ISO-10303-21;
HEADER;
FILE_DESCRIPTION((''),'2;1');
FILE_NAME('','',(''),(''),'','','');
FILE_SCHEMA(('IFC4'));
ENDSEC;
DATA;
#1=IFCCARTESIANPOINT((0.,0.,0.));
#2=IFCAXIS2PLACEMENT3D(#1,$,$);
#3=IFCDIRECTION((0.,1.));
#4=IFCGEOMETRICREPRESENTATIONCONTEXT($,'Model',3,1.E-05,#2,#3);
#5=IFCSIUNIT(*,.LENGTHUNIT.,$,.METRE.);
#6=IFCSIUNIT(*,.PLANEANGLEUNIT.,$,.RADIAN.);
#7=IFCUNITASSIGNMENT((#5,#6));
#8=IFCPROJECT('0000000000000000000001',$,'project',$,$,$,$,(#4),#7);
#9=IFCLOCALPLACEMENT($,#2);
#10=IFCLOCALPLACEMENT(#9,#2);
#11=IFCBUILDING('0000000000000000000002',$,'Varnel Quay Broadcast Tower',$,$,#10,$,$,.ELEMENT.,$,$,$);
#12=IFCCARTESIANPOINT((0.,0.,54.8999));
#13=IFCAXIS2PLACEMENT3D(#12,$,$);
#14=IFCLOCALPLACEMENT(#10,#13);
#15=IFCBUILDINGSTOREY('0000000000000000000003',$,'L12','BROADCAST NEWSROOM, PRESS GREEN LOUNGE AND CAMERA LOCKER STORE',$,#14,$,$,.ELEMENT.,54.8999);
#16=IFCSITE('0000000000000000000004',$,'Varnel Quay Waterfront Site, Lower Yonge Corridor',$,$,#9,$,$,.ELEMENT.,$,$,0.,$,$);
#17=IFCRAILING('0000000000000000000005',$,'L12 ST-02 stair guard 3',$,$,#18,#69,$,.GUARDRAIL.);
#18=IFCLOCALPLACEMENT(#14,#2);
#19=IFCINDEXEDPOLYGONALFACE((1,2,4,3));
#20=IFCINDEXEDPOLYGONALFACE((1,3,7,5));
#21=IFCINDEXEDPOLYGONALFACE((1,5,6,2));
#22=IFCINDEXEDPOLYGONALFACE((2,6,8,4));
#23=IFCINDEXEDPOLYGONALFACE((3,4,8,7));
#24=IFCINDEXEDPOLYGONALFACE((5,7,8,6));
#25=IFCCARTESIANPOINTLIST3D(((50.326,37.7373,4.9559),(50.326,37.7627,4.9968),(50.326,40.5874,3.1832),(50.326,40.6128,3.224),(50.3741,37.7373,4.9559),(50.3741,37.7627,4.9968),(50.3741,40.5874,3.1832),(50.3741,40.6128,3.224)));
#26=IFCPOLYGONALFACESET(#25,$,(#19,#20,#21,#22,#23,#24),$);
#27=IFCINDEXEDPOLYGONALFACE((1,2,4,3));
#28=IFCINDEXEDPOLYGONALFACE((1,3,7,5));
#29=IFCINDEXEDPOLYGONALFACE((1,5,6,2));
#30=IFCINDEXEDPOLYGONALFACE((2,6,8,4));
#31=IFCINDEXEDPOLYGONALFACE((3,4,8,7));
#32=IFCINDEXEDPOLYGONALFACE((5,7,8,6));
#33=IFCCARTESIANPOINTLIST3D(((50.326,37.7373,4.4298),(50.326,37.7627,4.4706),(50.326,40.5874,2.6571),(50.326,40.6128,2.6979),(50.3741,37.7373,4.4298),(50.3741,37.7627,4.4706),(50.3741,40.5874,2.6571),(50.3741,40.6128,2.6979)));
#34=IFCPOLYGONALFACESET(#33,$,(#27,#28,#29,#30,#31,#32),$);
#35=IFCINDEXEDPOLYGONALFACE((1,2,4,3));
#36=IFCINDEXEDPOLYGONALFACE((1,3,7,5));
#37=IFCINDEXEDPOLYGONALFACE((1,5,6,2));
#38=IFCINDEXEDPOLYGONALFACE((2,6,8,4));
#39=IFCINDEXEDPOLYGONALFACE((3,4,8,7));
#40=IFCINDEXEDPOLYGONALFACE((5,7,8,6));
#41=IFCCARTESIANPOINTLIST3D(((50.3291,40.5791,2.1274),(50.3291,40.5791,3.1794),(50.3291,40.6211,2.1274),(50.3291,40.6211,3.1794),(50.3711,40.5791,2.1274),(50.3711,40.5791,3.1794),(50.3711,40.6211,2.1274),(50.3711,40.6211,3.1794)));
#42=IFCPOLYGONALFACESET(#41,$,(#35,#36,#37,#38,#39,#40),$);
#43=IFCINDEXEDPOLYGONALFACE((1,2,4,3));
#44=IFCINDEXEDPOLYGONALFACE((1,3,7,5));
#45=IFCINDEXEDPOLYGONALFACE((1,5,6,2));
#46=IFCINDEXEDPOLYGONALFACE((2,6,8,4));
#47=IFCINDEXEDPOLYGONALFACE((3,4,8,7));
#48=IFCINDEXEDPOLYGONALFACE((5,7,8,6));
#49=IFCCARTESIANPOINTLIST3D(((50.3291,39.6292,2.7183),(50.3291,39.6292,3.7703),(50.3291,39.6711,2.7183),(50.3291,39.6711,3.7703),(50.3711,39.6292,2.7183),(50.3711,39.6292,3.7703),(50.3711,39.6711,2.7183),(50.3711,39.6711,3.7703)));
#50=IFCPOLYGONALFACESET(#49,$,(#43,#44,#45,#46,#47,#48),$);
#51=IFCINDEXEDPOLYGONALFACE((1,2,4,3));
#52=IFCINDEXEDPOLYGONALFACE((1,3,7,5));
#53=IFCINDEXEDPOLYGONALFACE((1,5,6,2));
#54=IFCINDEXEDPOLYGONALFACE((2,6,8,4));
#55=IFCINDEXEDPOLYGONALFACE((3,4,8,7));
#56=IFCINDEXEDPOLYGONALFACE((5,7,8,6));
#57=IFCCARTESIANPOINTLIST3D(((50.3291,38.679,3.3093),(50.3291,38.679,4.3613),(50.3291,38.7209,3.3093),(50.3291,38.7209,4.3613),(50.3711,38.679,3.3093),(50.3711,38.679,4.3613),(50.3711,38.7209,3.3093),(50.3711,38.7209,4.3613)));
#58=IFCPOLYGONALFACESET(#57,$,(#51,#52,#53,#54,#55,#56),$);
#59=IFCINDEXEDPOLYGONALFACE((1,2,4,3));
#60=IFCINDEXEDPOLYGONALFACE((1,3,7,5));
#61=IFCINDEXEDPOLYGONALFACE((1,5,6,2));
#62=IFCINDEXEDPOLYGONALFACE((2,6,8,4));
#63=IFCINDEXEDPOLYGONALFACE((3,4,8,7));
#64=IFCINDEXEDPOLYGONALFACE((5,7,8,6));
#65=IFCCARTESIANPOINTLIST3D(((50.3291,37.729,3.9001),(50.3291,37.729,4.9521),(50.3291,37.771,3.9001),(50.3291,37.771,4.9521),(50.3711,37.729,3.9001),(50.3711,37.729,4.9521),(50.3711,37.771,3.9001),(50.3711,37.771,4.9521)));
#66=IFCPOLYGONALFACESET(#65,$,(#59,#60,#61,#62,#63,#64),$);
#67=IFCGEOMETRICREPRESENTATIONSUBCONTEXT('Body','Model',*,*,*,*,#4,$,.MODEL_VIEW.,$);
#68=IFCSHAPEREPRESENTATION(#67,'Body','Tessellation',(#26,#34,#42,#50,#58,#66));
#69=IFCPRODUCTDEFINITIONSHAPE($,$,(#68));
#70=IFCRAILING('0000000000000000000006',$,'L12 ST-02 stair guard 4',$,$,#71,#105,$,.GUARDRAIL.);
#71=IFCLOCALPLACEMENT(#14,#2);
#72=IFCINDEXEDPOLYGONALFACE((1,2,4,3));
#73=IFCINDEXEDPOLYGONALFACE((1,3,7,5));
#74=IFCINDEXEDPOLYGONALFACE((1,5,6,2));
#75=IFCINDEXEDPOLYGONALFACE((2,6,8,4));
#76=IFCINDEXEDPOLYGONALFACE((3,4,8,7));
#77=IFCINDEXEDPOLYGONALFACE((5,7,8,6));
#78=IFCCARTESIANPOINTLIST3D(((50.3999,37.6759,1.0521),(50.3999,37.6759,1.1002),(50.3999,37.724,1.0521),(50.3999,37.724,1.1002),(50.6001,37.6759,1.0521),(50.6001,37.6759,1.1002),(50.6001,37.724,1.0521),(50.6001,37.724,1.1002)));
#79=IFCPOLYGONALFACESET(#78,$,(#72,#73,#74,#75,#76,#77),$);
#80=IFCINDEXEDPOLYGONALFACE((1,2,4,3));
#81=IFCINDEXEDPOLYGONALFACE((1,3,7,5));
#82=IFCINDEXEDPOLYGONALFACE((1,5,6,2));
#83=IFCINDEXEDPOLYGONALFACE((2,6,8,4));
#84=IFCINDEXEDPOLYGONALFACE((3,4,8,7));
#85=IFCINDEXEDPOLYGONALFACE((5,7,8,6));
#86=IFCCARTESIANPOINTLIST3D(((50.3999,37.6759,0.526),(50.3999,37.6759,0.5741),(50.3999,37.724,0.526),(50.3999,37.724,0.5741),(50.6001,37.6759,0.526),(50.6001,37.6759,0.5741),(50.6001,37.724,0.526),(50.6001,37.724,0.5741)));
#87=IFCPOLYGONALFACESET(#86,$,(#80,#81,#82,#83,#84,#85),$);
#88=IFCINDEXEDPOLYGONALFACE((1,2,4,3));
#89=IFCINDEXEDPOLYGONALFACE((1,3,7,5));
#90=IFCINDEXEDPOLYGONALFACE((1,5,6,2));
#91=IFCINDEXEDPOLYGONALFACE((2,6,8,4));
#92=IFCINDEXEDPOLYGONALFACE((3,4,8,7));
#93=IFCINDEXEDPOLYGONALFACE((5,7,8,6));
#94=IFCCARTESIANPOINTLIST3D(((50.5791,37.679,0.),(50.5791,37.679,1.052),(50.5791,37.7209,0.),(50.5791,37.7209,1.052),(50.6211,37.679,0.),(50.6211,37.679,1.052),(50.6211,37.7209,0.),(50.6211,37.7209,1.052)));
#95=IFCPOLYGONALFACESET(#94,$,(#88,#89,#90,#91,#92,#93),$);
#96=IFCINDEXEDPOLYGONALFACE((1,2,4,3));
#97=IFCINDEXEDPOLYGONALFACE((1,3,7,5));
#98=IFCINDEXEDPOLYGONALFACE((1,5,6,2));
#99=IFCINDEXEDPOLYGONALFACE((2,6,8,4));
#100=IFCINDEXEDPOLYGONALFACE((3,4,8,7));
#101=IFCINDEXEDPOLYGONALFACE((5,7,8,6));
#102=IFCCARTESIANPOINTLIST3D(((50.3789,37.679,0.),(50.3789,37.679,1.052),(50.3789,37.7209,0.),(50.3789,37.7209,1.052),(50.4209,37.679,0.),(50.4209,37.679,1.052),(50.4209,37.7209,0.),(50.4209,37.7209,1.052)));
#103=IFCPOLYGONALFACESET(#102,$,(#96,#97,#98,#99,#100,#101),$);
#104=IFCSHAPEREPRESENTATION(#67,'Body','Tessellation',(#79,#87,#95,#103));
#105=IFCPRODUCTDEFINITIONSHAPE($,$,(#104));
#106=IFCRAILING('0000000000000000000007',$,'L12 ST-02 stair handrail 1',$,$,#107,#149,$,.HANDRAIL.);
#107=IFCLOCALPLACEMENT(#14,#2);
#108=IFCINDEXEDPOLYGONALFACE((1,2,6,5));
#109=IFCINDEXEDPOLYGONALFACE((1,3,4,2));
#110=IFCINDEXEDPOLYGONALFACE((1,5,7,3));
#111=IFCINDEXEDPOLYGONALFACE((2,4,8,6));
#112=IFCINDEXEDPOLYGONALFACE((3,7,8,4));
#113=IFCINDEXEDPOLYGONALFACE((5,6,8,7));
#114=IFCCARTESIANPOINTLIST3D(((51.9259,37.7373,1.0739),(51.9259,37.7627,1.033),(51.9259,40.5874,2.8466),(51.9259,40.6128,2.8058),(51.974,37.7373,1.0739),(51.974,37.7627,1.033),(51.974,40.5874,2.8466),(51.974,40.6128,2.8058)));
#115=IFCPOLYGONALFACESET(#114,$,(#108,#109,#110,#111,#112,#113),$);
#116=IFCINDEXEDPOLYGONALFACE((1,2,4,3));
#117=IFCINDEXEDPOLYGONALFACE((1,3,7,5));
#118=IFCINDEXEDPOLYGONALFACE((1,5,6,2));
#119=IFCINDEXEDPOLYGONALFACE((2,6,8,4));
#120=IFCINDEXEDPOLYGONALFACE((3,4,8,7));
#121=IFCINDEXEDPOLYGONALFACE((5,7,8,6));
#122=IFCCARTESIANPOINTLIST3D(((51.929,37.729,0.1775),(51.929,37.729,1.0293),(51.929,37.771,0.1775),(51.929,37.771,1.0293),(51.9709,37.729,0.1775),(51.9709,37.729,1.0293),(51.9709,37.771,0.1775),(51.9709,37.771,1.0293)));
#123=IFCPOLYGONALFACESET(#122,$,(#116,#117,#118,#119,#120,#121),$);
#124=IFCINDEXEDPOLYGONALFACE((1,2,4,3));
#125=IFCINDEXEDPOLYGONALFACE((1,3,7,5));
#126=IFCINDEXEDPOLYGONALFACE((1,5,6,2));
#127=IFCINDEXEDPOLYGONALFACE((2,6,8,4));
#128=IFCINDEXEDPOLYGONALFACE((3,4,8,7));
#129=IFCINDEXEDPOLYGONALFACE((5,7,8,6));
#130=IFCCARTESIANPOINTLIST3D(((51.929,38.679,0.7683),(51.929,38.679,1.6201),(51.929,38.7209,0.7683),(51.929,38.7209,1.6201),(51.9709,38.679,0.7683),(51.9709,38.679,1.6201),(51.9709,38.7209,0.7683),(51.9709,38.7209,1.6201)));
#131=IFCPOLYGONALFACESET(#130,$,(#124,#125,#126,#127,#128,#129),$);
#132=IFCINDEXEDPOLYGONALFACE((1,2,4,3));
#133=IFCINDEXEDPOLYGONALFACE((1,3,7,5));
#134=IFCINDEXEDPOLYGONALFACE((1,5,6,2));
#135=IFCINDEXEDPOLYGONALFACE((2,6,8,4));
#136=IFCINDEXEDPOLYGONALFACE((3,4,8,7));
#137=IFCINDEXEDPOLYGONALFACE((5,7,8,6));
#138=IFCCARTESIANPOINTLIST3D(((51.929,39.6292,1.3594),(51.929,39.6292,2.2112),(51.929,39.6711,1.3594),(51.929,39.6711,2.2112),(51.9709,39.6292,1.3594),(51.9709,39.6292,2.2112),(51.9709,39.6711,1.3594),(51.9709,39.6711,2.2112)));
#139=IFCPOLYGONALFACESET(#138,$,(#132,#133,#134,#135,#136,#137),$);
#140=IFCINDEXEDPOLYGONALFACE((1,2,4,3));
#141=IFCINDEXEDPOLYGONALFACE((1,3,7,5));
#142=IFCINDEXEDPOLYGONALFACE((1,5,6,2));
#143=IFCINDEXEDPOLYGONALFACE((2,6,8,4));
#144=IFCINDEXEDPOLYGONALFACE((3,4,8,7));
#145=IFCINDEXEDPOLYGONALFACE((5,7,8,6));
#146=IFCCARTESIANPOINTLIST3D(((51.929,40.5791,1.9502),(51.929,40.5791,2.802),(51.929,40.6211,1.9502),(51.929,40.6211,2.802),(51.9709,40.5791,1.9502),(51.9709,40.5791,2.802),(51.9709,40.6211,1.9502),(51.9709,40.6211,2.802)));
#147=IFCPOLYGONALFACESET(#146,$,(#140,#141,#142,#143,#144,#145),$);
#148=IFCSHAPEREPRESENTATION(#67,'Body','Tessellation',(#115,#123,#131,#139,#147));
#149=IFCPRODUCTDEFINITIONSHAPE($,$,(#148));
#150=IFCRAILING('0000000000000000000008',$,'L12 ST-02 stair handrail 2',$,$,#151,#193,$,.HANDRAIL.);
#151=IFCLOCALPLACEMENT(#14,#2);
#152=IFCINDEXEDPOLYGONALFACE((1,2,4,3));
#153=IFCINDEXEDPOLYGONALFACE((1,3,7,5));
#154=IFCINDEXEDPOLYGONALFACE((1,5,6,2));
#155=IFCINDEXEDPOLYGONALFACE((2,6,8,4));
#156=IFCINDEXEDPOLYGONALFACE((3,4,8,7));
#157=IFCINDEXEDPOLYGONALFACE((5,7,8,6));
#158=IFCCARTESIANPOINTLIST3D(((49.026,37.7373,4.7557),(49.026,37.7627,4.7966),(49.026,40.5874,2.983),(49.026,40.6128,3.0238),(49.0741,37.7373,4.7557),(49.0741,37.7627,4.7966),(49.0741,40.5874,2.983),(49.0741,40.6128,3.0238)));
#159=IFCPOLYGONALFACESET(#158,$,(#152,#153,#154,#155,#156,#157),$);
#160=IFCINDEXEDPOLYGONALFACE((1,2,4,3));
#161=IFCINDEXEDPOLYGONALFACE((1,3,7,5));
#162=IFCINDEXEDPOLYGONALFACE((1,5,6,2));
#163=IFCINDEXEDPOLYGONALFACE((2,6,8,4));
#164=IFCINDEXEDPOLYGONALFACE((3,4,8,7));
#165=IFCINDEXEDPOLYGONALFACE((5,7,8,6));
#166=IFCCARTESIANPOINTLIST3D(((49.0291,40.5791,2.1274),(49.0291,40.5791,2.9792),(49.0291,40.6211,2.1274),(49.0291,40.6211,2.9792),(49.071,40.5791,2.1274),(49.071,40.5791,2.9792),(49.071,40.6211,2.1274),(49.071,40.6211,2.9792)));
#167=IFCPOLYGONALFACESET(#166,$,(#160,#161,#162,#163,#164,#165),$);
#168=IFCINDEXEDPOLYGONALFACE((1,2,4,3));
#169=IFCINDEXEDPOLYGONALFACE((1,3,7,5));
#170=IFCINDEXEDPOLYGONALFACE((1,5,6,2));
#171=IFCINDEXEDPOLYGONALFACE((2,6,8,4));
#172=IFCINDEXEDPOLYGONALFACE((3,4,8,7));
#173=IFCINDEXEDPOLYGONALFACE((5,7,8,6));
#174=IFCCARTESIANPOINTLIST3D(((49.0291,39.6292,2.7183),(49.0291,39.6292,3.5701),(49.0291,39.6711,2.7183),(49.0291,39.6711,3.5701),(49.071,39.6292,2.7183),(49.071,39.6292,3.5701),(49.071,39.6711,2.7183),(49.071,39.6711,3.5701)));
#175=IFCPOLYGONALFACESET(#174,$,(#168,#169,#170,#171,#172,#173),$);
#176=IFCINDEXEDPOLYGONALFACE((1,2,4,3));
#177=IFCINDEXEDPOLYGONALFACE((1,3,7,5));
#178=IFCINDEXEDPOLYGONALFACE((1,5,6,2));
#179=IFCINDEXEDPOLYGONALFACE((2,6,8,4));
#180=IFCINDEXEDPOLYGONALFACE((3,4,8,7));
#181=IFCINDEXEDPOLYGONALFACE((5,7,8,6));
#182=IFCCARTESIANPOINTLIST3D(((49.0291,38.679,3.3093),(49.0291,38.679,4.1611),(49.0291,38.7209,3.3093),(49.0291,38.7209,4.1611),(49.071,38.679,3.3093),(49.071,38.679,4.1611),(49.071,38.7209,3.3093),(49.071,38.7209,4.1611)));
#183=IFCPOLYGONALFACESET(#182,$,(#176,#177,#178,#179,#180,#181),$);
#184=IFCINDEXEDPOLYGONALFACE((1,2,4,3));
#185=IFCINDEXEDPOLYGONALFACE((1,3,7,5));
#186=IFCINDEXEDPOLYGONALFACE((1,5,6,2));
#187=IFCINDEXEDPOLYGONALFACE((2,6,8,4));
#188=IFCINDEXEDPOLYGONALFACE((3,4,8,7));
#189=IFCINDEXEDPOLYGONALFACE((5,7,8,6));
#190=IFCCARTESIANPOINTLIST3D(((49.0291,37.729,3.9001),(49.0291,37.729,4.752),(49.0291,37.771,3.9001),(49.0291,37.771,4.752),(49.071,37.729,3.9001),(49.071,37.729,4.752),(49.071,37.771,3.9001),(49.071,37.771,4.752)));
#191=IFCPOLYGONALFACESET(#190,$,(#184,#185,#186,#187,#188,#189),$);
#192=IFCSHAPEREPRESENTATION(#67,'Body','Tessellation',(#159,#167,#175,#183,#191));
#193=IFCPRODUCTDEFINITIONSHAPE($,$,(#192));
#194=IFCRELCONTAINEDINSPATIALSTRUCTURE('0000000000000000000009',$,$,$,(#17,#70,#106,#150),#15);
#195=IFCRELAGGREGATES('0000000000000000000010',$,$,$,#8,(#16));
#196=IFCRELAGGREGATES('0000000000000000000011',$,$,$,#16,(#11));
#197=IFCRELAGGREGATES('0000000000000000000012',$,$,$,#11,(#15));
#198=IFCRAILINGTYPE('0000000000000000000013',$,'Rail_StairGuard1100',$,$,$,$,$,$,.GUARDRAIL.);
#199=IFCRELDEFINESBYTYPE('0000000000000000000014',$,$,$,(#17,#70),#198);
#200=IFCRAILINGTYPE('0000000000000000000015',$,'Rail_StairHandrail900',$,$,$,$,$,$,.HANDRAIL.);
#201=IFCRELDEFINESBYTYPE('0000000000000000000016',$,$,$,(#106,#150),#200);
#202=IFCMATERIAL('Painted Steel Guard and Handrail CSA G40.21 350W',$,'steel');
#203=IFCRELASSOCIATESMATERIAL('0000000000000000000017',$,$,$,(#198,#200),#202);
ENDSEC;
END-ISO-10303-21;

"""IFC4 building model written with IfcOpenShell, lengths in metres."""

from ifc_helpers import new_model, si_unit, direction, frame, origin, origin_2d, place, context, subcontext, project, spatial, rectangle, extrude, material, type_object, element, save


model = new_model("IFC4")

# Units and contexts
model_context = context("Model", 3, precision=1e-05, world=origin(), true_north=direction((0.0, 1.0)))
body_context = subcontext(model_context, "Body", "Model", "MODEL_VIEW")
ifc_project = project(units=[si_unit("LENGTHUNIT", "METRE"), si_unit("PLANEANGLEUNIT", "RADIAN")], contexts=[model_context])

# Site, building, storey
site_placement = place(None, origin())
site = spatial("IfcSite", under=ifc_project, at=site_placement, Name="Varnel Quay Waterfront Site, Lower Yonge Corridor", CompositionType="ELEMENT", RefElevation=0.0)
building_placement = place(site_placement, origin())
building = spatial("IfcBuilding", under=site, at=building_placement, Name="Varnel Quay Broadcast Tower", CompositionType="ELEMENT")
storey_placement = place(building_placement, frame((0.0, 0.0, 54.8999)))
storey = spatial("IfcBuildingStorey", under=building, at=storey_placement, Name="L12", Description="BROADCAST NEWSROOM, PRESS GREEN LOUNGE AND CAMERA LOCKER STORE", CompositionType="ELEMENT", Elevation=54.8999)

# Railings
ifc_material_1 = material(Name="Painted Steel Guard and Handrail CSA G40.21 350W", Category="steel")
railing_type_1 = type_object("IfcRailingType", Name="Rail_StairGuard1100", PredefinedType="GUARDRAIL", material=ifc_material_1)
railing_1_placement = place(storey_placement, frame((50.3501, 40.6001, 2.1274)))
element("IfcRailing", 1, at=railing_1_placement, inside=storey, type_object=railing_type_1, Name="L12 ST-02 stair guard 3", PredefinedType="GUARDRAIL", context=body_context, shape_type="SweptSolid", body=[
    extrude(rectangle(XDim=0.0481, YDim=0.0481, at=origin_2d()), frame((0.0, 0.0, 1.0762), z_axis=(0.0, -0.849149, 0.528154), x_axis=(1.0, 0.0, 0.0)), (0.0, 0.0, 1.0), 3.3564),
    extrude(rectangle(XDim=0.0481, YDim=0.0481, at=origin_2d()), frame((0.0, 0.0, 0.55), z_axis=(0.0, -0.849149, 0.528154), x_axis=(1.0, 0.0, 0.0)), (0.0, 0.0, 1.0), 3.3564),
    extrude(rectangle(XDim=0.042, YDim=0.042, at=origin_2d()), origin(), (0.0, 0.0, 1.0), 1.052),
    extrude(rectangle(XDim=0.042, YDim=0.042, at=origin_2d()), frame((0.0, -0.95, 0.5908)), (0.0, 0.0, 1.0), 1.052),
    extrude(rectangle(XDim=0.042, YDim=0.042, at=origin_2d()), frame((0.0, -1.9001, 1.1819)), (0.0, 0.0, 1.0), 1.052),
    extrude(rectangle(XDim=0.042, YDim=0.042, at=origin_2d()), frame((0.0, -2.8501, 1.7727)), (0.0, 0.0, 1.0), 1.052),
])
railing_2_placement = place(storey_placement, frame((50.6001, 37.7, 0.0)))
element("IfcRailing", 2, at=railing_2_placement, inside=storey, type_object=railing_type_1, Name="L12 ST-02 stair guard 4", PredefinedType="GUARDRAIL", context=body_context, shape_type="SweptSolid", body=[
    extrude(rectangle(XDim=0.0481, YDim=0.0481, at=origin_2d()), frame((0.0, 0.0, 1.0762), z_axis=(-1.0, 0.0, 0.0), x_axis=(0.0, -1.0, 0.0)), (0.0, 0.0, 1.0), 0.2002),
    extrude(rectangle(XDim=0.0481, YDim=0.0481, at=origin_2d()), frame((0.0, 0.0, 0.55), z_axis=(-1.0, 0.0, 0.0), x_axis=(0.0, -1.0, 0.0)), (0.0, 0.0, 1.0), 0.2002),
    extrude(rectangle(XDim=0.042, YDim=0.042, at=origin_2d()), origin(), (0.0, 0.0, 1.0), 1.052),
    extrude(rectangle(XDim=0.042, YDim=0.042, at=origin_2d()), frame((-0.2002, 0.0, 0.0)), (0.0, 0.0, 1.0), 1.052),
])
railing_type_2 = type_object("IfcRailingType", Name="Rail_StairHandrail900", PredefinedType="HANDRAIL", material=ifc_material_1)
railing_3_placement = place(storey_placement, frame((51.95, 37.75, 0.1775)))
element("IfcRailing", 3, at=railing_3_placement, inside=storey, type_object=railing_type_2, Name="L12 ST-02 stair handrail 1", PredefinedType="HANDRAIL", context=body_context, shape_type="SweptSolid", body=[
    extrude(rectangle(XDim=0.0481, YDim=0.0481, at=origin_2d()), frame((0.0, 0.0, 0.876), z_axis=(0.0, 0.849149, 0.528154), x_axis=(-1.0, 0.0, 0.0)), (0.0, 0.0, 1.0), 3.3564),
    extrude(rectangle(XDim=0.042, YDim=0.042, at=origin_2d()), origin(), (0.0, 0.0, 1.0), 0.8518),
    extrude(rectangle(XDim=0.042, YDim=0.042, at=origin_2d()), frame((0.0, 0.95, 0.5908)), (0.0, 0.0, 1.0), 0.8518),
    extrude(rectangle(XDim=0.042, YDim=0.042, at=origin_2d()), frame((0.0, 1.9001, 1.1819)), (0.0, 0.0, 1.0), 0.8518),
    extrude(rectangle(XDim=0.042, YDim=0.042, at=origin_2d()), frame((0.0, 2.8501, 1.7727)), (0.0, 0.0, 1.0), 0.8518),
])
railing_4_placement = place(storey_placement, frame((49.05, 40.6001, 2.1274)))
element("IfcRailing", 4, at=railing_4_placement, inside=storey, type_object=railing_type_2, Name="L12 ST-02 stair handrail 2", PredefinedType="HANDRAIL", context=body_context, shape_type="SweptSolid", body=[
    extrude(rectangle(XDim=0.0481, YDim=0.0481, at=origin_2d()), frame((0.0, 0.0, 0.876), z_axis=(0.0, -0.849149, 0.528154), x_axis=(1.0, 0.0, 0.0)), (0.0, 0.0, 1.0), 3.3564),
    extrude(rectangle(XDim=0.042, YDim=0.042, at=origin_2d()), origin(), (0.0, 0.0, 1.0), 0.8518),
    extrude(rectangle(XDim=0.042, YDim=0.042, at=origin_2d()), frame((0.0, -0.95, 0.5908)), (0.0, 0.0, 1.0), 0.8518),
    extrude(rectangle(XDim=0.042, YDim=0.042, at=origin_2d()), frame((0.0, -1.9001, 1.1819)), (0.0, 0.0, 1.0), 0.8518),
    extrude(rectangle(XDim=0.042, YDim=0.042, at=origin_2d()), frame((0.0, -2.8501, 1.7727)), (0.0, 0.0, 1.0), 0.8518),
])

save(model, "model.ifc")
